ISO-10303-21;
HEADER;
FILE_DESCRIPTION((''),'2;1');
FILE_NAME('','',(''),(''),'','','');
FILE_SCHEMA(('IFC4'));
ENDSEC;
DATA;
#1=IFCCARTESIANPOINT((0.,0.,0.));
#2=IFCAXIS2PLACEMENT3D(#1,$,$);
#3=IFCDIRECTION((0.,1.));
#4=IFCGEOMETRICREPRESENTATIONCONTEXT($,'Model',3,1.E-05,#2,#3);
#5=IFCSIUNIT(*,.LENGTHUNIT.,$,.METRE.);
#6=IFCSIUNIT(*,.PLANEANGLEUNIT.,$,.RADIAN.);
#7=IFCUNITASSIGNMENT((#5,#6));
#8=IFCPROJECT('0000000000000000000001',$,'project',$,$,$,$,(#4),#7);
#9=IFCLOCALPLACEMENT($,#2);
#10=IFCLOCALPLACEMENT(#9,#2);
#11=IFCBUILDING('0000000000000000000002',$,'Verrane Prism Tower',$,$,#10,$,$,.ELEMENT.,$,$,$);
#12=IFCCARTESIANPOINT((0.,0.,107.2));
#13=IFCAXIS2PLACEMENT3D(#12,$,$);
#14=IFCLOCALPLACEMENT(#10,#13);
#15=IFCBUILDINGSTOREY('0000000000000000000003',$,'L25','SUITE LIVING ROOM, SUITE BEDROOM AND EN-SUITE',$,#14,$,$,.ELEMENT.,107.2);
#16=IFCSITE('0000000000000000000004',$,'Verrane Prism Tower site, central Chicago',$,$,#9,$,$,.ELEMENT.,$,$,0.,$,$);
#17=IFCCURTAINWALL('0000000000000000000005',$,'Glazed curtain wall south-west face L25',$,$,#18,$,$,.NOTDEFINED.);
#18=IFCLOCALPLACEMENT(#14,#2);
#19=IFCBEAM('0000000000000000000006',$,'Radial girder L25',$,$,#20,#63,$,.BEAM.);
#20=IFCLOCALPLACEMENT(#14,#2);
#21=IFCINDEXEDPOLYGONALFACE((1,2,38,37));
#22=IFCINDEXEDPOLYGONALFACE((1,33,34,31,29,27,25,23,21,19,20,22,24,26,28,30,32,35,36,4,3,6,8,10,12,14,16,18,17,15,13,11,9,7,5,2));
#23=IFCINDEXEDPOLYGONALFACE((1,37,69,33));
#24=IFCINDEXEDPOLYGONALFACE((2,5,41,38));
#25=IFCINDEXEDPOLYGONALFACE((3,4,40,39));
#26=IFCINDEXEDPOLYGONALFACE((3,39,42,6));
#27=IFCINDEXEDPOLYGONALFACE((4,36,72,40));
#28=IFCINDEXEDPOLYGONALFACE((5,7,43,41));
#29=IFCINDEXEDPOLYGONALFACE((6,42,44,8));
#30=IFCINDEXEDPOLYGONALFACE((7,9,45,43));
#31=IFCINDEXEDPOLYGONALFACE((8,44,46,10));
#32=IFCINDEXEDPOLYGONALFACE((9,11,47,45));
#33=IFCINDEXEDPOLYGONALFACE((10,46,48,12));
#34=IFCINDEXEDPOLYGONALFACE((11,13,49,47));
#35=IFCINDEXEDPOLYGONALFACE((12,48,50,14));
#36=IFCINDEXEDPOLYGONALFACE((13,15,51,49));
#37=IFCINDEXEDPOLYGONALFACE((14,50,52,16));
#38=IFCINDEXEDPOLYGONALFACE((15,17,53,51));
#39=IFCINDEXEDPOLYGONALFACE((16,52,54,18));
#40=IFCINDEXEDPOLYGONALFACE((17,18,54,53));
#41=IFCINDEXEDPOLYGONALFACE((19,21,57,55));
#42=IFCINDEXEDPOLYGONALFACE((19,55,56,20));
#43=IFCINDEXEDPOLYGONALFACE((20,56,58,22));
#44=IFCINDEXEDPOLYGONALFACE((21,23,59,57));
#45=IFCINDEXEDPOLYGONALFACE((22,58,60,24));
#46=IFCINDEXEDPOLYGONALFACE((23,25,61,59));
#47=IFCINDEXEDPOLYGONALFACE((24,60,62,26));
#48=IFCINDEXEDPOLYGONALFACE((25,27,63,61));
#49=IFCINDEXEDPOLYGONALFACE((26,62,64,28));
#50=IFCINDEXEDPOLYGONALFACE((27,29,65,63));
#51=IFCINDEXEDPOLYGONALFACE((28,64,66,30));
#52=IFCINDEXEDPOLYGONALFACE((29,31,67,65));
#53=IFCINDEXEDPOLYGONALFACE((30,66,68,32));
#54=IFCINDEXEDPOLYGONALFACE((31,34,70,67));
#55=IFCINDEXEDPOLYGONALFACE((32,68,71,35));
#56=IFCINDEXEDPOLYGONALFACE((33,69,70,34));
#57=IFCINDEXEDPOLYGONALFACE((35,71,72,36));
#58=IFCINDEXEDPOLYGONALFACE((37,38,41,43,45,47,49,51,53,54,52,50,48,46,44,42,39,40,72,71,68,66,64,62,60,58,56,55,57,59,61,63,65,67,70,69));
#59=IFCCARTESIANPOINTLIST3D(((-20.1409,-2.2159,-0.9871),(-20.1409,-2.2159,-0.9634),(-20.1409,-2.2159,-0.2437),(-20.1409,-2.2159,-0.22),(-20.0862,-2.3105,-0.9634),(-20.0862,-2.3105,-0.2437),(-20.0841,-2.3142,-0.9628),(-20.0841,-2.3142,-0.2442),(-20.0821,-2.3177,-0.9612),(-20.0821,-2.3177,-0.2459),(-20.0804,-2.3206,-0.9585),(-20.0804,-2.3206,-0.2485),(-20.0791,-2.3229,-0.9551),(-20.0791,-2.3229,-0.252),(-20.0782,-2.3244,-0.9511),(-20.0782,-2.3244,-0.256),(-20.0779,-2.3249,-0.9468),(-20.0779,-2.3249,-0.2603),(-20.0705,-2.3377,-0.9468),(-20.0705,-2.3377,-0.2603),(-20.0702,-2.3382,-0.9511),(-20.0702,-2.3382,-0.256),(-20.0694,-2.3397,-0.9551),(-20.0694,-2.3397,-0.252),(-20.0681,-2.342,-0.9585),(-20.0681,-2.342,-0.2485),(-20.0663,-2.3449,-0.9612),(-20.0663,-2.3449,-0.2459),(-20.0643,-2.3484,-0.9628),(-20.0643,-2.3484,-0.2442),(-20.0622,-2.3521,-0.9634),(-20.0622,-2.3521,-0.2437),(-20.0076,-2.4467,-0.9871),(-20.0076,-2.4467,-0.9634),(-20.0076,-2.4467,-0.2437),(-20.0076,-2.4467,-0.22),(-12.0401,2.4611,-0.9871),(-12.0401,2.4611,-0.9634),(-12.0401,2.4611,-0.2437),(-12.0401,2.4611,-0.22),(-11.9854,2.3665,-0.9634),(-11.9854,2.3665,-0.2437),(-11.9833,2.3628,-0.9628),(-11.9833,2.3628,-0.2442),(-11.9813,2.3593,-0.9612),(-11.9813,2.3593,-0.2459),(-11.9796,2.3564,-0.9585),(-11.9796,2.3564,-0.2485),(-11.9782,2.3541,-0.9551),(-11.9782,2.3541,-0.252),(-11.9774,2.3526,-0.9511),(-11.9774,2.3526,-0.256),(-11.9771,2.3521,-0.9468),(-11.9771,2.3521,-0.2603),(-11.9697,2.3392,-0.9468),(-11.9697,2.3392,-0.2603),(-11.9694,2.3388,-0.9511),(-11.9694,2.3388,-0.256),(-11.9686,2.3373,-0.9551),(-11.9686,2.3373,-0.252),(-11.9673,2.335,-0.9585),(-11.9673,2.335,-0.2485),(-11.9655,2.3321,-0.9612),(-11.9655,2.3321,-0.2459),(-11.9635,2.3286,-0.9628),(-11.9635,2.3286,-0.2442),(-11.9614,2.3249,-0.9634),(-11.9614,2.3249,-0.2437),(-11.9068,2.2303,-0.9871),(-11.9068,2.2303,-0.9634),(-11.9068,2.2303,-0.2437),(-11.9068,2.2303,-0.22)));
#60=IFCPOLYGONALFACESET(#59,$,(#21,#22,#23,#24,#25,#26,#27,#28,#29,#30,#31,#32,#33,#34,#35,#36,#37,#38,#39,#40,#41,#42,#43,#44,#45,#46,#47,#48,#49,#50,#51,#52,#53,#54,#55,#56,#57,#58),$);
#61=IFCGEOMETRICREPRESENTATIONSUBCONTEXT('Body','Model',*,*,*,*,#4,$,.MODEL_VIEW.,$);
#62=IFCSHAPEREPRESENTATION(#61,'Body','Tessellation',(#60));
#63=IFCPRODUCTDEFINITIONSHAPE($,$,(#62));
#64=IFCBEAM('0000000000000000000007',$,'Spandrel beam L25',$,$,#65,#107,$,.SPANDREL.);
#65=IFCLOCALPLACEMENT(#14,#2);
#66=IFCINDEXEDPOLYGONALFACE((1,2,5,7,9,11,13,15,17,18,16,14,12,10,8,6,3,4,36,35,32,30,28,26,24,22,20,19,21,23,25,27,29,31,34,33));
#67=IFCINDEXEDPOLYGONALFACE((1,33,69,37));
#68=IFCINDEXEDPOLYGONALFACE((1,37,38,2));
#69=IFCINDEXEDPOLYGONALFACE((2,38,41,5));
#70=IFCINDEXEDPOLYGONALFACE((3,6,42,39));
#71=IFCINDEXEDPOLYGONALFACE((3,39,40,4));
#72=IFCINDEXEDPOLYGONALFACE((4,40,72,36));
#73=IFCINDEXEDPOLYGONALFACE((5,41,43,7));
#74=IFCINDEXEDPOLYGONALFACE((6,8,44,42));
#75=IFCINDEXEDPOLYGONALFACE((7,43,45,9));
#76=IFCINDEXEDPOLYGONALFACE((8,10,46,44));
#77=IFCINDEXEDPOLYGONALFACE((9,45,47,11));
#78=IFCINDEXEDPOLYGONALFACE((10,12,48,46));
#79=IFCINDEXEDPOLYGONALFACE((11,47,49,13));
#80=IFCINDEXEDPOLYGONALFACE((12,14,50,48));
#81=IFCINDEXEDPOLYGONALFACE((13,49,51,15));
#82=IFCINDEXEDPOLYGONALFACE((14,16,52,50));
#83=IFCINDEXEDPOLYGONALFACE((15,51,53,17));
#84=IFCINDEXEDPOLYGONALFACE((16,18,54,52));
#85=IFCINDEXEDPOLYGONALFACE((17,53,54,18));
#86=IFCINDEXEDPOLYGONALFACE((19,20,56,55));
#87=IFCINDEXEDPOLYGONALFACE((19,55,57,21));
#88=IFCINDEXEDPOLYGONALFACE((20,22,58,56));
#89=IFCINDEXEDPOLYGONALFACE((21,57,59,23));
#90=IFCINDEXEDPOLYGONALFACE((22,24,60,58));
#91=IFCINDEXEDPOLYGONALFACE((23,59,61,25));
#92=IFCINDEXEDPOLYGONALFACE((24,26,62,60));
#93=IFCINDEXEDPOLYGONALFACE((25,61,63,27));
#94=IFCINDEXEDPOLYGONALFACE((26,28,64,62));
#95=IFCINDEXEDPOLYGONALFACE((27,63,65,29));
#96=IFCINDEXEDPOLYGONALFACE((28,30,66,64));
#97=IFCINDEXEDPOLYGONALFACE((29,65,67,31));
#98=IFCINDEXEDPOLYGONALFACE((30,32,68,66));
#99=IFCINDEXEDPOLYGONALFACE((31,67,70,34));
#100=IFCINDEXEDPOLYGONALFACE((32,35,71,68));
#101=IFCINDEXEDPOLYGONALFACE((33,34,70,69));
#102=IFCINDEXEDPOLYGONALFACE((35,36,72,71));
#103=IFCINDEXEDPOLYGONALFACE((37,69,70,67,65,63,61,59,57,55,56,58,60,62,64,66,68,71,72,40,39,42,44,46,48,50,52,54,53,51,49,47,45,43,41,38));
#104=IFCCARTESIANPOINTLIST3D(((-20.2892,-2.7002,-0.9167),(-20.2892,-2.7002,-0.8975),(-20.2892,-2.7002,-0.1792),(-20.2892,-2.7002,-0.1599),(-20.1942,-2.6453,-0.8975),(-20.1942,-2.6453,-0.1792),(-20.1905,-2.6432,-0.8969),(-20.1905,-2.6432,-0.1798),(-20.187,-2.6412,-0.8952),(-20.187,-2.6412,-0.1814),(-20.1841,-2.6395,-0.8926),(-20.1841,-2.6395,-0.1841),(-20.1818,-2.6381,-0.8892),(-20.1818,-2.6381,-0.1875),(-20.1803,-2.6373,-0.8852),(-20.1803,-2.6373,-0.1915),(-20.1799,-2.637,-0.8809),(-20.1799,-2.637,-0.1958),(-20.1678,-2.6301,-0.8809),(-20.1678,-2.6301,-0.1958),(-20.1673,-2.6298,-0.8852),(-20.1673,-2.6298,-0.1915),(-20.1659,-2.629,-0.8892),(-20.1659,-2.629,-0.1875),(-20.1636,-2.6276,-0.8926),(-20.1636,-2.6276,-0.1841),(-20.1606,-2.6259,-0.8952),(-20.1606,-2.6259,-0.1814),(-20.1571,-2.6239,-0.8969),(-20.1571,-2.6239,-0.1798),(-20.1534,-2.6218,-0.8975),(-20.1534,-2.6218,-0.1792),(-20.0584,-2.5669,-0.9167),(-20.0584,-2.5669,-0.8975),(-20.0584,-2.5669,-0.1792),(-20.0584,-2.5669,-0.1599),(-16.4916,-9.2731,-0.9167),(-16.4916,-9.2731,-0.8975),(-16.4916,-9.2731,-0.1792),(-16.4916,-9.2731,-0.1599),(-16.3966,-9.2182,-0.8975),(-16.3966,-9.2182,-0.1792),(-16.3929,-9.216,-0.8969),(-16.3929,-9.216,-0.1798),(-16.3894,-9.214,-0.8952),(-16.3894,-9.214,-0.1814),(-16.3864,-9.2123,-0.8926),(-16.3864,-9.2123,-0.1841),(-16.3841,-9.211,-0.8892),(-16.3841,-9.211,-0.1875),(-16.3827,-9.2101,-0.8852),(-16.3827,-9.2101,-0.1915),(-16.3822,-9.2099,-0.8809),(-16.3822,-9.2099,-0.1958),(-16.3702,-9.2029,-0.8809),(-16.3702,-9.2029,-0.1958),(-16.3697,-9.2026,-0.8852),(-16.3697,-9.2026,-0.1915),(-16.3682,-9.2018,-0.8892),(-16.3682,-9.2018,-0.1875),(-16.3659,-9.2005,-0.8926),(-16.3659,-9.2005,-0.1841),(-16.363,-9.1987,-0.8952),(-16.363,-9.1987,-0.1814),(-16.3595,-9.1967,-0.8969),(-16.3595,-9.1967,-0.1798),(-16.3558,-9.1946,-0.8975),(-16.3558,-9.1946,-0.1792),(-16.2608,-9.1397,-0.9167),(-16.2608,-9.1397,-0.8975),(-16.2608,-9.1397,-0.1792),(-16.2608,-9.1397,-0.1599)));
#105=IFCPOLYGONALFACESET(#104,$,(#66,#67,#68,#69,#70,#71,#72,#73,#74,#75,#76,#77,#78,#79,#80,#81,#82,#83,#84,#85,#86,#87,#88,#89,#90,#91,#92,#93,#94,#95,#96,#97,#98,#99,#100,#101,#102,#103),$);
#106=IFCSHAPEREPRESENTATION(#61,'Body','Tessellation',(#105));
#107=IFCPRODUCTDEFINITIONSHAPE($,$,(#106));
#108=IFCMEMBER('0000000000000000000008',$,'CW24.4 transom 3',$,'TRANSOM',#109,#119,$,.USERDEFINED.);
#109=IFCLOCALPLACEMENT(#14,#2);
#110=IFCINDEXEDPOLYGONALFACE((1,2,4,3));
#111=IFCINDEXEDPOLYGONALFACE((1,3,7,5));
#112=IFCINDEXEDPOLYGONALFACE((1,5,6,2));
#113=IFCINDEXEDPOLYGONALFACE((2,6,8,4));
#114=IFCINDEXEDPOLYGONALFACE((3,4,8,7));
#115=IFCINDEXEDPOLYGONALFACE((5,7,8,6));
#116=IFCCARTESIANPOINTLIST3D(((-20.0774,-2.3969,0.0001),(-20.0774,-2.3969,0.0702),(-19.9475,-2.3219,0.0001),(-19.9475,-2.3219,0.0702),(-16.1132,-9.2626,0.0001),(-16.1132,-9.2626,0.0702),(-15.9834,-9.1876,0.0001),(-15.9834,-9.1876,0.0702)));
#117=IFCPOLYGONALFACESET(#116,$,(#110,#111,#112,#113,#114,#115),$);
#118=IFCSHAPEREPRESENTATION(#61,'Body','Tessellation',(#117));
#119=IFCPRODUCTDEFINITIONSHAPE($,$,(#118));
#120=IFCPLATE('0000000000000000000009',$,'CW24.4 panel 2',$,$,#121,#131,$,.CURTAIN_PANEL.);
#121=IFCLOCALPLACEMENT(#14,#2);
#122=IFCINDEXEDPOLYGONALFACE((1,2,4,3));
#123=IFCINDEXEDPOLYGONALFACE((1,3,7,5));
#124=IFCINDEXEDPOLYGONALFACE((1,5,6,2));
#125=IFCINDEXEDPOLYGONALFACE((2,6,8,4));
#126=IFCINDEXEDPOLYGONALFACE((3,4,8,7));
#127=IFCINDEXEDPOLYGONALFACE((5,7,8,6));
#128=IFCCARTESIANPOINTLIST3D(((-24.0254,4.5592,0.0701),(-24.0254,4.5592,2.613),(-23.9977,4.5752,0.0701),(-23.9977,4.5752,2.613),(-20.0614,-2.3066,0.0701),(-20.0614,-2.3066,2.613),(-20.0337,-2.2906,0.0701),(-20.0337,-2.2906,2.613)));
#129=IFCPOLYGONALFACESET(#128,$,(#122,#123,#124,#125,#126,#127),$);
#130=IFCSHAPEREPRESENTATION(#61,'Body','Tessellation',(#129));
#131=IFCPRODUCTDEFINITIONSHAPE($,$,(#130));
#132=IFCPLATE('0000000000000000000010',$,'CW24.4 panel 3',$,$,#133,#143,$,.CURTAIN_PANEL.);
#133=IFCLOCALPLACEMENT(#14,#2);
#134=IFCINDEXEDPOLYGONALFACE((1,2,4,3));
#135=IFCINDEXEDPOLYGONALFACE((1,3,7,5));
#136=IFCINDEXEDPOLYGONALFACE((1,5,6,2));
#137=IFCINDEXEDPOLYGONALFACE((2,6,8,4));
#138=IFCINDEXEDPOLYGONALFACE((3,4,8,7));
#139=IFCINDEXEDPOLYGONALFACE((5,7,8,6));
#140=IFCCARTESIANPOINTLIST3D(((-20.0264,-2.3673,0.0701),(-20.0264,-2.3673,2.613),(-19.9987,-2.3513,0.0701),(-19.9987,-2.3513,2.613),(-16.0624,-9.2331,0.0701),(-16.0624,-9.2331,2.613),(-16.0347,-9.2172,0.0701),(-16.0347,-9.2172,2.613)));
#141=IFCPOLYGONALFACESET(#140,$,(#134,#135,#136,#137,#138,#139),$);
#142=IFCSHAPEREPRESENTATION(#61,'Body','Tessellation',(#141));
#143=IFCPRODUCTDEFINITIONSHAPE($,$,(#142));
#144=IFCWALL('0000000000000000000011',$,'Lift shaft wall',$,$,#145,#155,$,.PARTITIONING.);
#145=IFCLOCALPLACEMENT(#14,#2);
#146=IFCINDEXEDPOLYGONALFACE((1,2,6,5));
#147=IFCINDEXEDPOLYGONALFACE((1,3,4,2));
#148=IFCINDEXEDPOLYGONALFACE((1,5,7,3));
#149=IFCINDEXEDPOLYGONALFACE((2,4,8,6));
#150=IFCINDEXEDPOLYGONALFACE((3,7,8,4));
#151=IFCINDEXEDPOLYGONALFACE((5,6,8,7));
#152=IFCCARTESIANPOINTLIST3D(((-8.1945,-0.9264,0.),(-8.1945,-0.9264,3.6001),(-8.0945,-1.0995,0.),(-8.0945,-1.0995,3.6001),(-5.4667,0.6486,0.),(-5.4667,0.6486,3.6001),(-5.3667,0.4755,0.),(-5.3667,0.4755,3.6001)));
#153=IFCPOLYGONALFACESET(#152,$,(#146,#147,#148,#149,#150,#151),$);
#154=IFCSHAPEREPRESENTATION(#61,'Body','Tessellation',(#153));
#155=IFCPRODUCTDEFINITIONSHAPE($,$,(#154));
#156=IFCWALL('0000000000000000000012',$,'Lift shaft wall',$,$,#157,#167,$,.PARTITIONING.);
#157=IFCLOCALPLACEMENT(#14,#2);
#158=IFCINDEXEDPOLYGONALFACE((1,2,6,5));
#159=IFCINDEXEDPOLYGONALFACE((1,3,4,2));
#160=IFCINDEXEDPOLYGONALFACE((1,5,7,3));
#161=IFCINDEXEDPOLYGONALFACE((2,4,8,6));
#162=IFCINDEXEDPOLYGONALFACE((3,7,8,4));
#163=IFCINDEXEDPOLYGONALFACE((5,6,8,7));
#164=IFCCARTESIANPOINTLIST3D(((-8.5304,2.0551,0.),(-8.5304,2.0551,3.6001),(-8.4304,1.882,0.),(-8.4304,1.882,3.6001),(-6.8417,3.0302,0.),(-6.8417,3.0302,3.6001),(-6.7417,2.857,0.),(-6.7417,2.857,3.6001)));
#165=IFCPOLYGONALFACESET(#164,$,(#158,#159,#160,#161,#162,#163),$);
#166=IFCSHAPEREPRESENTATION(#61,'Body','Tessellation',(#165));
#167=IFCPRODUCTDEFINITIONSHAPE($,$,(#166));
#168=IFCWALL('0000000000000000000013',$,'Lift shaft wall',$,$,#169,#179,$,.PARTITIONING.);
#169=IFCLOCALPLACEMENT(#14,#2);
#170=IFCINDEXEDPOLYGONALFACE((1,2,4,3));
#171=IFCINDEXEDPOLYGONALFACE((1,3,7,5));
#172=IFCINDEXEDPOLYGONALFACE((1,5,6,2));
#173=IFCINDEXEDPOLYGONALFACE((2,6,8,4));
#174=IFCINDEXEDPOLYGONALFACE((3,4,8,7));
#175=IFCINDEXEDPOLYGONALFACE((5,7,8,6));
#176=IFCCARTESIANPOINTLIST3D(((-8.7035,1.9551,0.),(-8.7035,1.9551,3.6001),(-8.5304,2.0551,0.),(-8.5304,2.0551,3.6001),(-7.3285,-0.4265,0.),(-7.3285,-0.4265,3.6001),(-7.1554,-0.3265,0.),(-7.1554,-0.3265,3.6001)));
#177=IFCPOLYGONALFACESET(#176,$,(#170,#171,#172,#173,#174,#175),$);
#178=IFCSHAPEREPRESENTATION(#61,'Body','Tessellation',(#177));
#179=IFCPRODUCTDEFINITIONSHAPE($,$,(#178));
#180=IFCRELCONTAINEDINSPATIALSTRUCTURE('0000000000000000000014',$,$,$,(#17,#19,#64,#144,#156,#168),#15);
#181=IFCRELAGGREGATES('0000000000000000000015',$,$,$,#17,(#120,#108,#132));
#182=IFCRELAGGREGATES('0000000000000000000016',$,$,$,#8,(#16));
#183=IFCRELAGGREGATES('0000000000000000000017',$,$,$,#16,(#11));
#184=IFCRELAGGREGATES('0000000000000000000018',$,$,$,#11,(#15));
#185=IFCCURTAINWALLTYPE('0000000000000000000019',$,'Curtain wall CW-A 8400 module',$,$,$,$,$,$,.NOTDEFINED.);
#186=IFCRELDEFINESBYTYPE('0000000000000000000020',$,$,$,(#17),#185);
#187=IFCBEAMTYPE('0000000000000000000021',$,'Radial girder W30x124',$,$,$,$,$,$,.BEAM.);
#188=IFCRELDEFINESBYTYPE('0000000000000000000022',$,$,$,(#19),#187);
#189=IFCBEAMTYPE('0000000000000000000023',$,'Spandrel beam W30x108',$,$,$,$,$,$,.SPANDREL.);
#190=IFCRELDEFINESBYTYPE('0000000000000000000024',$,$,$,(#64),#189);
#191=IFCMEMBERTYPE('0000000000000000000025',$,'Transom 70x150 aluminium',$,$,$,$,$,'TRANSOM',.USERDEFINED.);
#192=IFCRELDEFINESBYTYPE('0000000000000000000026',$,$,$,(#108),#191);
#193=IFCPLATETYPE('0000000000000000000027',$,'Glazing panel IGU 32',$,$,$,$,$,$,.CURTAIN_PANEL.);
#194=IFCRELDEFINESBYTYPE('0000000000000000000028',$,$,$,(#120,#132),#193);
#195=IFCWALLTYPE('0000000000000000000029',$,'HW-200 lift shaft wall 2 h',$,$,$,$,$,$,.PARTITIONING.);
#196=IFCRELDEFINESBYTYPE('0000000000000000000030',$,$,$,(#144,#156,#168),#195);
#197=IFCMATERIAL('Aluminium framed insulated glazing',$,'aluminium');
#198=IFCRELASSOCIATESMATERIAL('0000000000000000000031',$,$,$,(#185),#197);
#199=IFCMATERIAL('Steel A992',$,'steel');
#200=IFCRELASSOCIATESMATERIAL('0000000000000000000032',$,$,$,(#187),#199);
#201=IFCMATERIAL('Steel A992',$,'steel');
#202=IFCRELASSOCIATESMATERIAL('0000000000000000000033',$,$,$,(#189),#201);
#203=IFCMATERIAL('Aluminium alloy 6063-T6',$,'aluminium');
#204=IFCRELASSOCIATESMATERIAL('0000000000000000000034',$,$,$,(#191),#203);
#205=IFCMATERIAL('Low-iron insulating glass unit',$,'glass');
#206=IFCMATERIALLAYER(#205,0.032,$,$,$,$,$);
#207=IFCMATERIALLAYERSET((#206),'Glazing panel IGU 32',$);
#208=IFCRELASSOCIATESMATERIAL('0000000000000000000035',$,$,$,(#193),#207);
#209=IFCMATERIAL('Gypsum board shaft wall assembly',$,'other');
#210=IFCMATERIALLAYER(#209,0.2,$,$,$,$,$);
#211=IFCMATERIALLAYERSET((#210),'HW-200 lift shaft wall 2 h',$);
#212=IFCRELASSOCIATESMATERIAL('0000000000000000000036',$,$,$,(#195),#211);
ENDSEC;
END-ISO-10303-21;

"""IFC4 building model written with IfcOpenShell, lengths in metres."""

from ifc_helpers import new_model, si_unit, direction, frame, frame_2d, origin, origin_2d, place, context, subcontext, project, spatial, rectangle, i_section, extrude, material, layer, layer_set, material_profile, profile_set, type_object, element, aggregate, save


model = new_model("IFC4")

# Units and contexts
model_context = context("Model", 3, precision=1e-05, world=origin(), true_north=direction((0.0, 1.0)))
body_context = subcontext(model_context, "Body", "Model", "MODEL_VIEW")
ifc_project = project(units=[si_unit("LENGTHUNIT", "METRE"), si_unit("PLANEANGLEUNIT", "RADIAN")], contexts=[model_context])

# Site, building, storey
site_placement = place(None, origin())
site = spatial("IfcSite", under=ifc_project, at=site_placement, Name="Verrane Prism Tower site, central Chicago", CompositionType="ELEMENT", RefElevation=0.0)
building_placement = place(site_placement, origin())
building = spatial("IfcBuilding", under=site, at=building_placement, Name="Verrane Prism Tower", CompositionType="ELEMENT")
storey_placement = place(building_placement, frame((0.0, 0.0, 107.2)))
storey = spatial("IfcBuildingStorey", under=building, at=storey_placement, Name="L25", Description="SUITE LIVING ROOM, SUITE BEDROOM AND EN-SUITE", CompositionType="ELEMENT", Elevation=107.2)

# Curtain wall
ifc_material_1 = material(Name="Aluminium framed insulated glazing", Category="aluminium")
curtain_wall_type = type_object("IfcCurtainWallType", Name="Curtain wall CW-A 8400 module", PredefinedType="NOTDEFINED", material=ifc_material_1)
curtain_wall_placement = place(storey_placement, origin())
curtain_wall = element("IfcCurtainWall", 1, at=curtain_wall_placement, inside=storey, type_object=curtain_wall_type, Name="Glazed curtain wall south-west face L25", PredefinedType="NOTDEFINED")

# Beams
ifc_material_2 = material(Name="Steel A992", Category="steel")
ifc_material_profile_1 = material_profile(ifc_material_2, i_section(OverallWidth=0.2666, OverallDepth=0.7671, WebThickness=0.0149, FlangeThickness=0.0237, FilletRadius=0.0166, at=origin_2d()), Name="W30x124")
ifc_profile_set_1 = profile_set([ifc_material_profile_1], Name="Steel A992")
beam_type_1 = type_object("IfcBeamType", Name="Radial girder W30x124", PredefinedType="BEAM", material=ifc_profile_set_1)
beam_1_placement = place(storey_placement, frame((-20.0742, -2.3313, -0.6035), z_axis=(0.866026, 0.499999, 0.0), x_axis=(-0.499999, 0.866026, 0.0)))
element("IfcBeam", 2, at=beam_1_placement, inside=storey, type_object=beam_type_1, Name="Radial girder L25", PredefinedType="BEAM", context=body_context, shape_type="SweptSolid", body=[
    extrude(i_section(OverallWidth=0.2666, OverallDepth=0.7671, WebThickness=0.0149, FlangeThickness=0.0237, FilletRadius=0.0166, at=origin_2d()), origin(), (0.0, 0.0, 1.0), 9.354),
])
ifc_material_3 = material(Name="Steel A992", Category="steel")
ifc_material_profile_2 = material_profile(ifc_material_3, i_section(OverallWidth=0.2666, OverallDepth=0.7568, WebThickness=0.0139, FlangeThickness=0.0193, FilletRadius=0.0166, at=origin_2d()), Name="W30x108")
ifc_profile_set_2 = profile_set([ifc_material_profile_2], Name="Steel A992")
beam_type_2 = type_object("IfcBeamType", Name="Spandrel beam W30x108", PredefinedType="SPANDREL", material=ifc_profile_set_2)
beam_2_placement = place(storey_placement, frame((-20.1738, -2.6335, -0.5383), z_axis=(0.500279, -0.865864, 0.0), x_axis=(0.865864, 0.500279, 0.0)))
element("IfcBeam", 3, at=beam_2_placement, inside=storey, type_object=beam_type_2, Name="Spandrel beam L25", PredefinedType="SPANDREL", context=body_context, shape_type="SweptSolid", body=[
    extrude(i_section(OverallWidth=0.2666, OverallDepth=0.7568, WebThickness=0.0139, FlangeThickness=0.0193, FilletRadius=0.0166, at=origin_2d()), origin(), (0.0, 0.0, 1.0), 7.5911),
])

# Member
ifc_material_4 = material(Name="Aluminium alloy 6063-T6", Category="aluminium")
ifc_material_profile_3 = material_profile(ifc_material_4, rectangle(XDim=0.1499, YDim=0.0701, at=origin_2d()), Name="Transom 70x150 aluminium")
ifc_profile_set_3 = profile_set([ifc_material_profile_3], Name="Aluminium alloy 6063-T6")
member_type_1 = type_object("IfcMemberType", Name="Transom 70x150 aluminium", ElementType="TRANSOM", PredefinedType="USERDEFINED", material=ifc_profile_set_3)
member_1_placement = place(storey_placement, frame((-20.0125, -2.3594, 0.0352), z_axis=(0.500017, -0.866015, 0.0), x_axis=(0.866015, 0.500017, 0.0)))
member_1 = element("IfcMember", 4, at=member_1_placement, type_object=member_type_1, Name="CW24.4 transom 3", ObjectType="TRANSOM", PredefinedType="USERDEFINED", context=body_context, shape_type="SweptSolid", body=[
    extrude(rectangle(XDim=0.1499, YDim=0.0701, at=origin_2d()), origin(), (0.0, 0.0, 1.0), 7.928),
])

# Plates
ifc_material_5 = material(Name="Low-iron insulating glass unit", Category="glass")
ifc_layer_1 = layer(ifc_material_5, 0.032)
ifc_layer_set_1 = layer_set([ifc_layer_1], Name="Glazing panel IGU 32")
plate_type = type_object("IfcPlateType", Name="Glazing panel IGU 32", PredefinedType="CURTAIN_PANEL", material=ifc_layer_set_1)
plate_1_placement = place(storey_placement, frame((-22.0295, 1.1343, 0.0701), z_axis=(0.0, 0.0, 1.0), x_axis=(0.5, -0.866025, 0.0)))
plate_1 = element("IfcPlate", 5, at=plate_1_placement, type_object=plate_type, Name="CW24.4 panel 2", PredefinedType="CURTAIN_PANEL", context=body_context, shape_type="SweptSolid", body=[
    extrude(rectangle(XDim=7.928, YDim=0.032, at=origin_2d()), origin(), (0.0, 0.0, 1.0), 2.543),
])
plate_2_placement = place(storey_placement, frame((-18.0305, -5.7922, 0.0701), z_axis=(0.0, 0.0, 1.0), x_axis=(0.5, -0.866025, 0.0)))
plate_2 = element("IfcPlate", 6, at=plate_2_placement, type_object=plate_type, Name="CW24.4 panel 3", PredefinedType="CURTAIN_PANEL", context=body_context, shape_type="SweptSolid", body=[
    extrude(rectangle(XDim=7.928, YDim=0.032, at=origin_2d()), origin(), (0.0, 0.0, 1.0), 2.543),
])
aggregate(curtain_wall, [plate_1, member_1, plate_2])

# Walls
ifc_material_6 = material(Name="Gypsum board shaft wall assembly", Category="other")
ifc_layer_2 = layer(ifc_material_6, 0.2)
ifc_layer_set_2 = layer_set([ifc_layer_2], Name="HW-200 lift shaft wall 2 h")
wall_type_1 = type_object("IfcWallType", Name="HW-200 lift shaft wall 2 h", PredefinedType="PARTITIONING", material=ifc_layer_set_2)
wall_1_placement = place(storey_placement, frame((-8.1445, -1.0129, 0.0), z_axis=(0.0, 0.0, 1.0), x_axis=(0.866016, 0.500015, 0.0)))
element("IfcWall", 7, at=wall_1_placement, inside=storey, type_object=wall_type_1, Name="Lift shaft wall", PredefinedType="PARTITIONING", context=body_context, shape_type="SweptSolid", body=[
    extrude(rectangle(XDim=3.1499, YDim=0.2, at=frame_2d((1.575, 0.0))), origin(), (0.0, 0.0, 1.0), 3.6001),
])
wall_2_placement = place(storey_placement, frame((-8.4805, 1.9685, 0.0), z_axis=(0.0, 0.0, 1.0), x_axis=(0.866, 0.500044, 0.0)))
element("IfcWall", 8, at=wall_2_placement, inside=storey, type_object=wall_type_1, Name="Lift shaft wall", PredefinedType="PARTITIONING", context=body_context, shape_type="SweptSolid", body=[
    extrude(rectangle(XDim=1.95, YDim=0.2, at=frame_2d((0.9751, 0.0))), origin(), (0.0, 0.0, 1.0), 3.6001),
])
wall_3_placement = place(storey_placement, frame((-7.2419, -0.3765, 0.0), z_axis=(0.0, 0.0, 1.0), x_axis=(-0.499997, 0.866027, 0.0)))
element("IfcWall", 9, at=wall_3_placement, inside=storey, type_object=wall_type_1, Name="Lift shaft wall", PredefinedType="PARTITIONING", context=body_context, shape_type="SweptSolid", body=[
    extrude(rectangle(XDim=2.75, YDim=0.2, at=frame_2d((1.375, 0.0))), origin(), (0.0, 0.0, 1.0), 3.6001),
])

save(model, "model.ifc")
